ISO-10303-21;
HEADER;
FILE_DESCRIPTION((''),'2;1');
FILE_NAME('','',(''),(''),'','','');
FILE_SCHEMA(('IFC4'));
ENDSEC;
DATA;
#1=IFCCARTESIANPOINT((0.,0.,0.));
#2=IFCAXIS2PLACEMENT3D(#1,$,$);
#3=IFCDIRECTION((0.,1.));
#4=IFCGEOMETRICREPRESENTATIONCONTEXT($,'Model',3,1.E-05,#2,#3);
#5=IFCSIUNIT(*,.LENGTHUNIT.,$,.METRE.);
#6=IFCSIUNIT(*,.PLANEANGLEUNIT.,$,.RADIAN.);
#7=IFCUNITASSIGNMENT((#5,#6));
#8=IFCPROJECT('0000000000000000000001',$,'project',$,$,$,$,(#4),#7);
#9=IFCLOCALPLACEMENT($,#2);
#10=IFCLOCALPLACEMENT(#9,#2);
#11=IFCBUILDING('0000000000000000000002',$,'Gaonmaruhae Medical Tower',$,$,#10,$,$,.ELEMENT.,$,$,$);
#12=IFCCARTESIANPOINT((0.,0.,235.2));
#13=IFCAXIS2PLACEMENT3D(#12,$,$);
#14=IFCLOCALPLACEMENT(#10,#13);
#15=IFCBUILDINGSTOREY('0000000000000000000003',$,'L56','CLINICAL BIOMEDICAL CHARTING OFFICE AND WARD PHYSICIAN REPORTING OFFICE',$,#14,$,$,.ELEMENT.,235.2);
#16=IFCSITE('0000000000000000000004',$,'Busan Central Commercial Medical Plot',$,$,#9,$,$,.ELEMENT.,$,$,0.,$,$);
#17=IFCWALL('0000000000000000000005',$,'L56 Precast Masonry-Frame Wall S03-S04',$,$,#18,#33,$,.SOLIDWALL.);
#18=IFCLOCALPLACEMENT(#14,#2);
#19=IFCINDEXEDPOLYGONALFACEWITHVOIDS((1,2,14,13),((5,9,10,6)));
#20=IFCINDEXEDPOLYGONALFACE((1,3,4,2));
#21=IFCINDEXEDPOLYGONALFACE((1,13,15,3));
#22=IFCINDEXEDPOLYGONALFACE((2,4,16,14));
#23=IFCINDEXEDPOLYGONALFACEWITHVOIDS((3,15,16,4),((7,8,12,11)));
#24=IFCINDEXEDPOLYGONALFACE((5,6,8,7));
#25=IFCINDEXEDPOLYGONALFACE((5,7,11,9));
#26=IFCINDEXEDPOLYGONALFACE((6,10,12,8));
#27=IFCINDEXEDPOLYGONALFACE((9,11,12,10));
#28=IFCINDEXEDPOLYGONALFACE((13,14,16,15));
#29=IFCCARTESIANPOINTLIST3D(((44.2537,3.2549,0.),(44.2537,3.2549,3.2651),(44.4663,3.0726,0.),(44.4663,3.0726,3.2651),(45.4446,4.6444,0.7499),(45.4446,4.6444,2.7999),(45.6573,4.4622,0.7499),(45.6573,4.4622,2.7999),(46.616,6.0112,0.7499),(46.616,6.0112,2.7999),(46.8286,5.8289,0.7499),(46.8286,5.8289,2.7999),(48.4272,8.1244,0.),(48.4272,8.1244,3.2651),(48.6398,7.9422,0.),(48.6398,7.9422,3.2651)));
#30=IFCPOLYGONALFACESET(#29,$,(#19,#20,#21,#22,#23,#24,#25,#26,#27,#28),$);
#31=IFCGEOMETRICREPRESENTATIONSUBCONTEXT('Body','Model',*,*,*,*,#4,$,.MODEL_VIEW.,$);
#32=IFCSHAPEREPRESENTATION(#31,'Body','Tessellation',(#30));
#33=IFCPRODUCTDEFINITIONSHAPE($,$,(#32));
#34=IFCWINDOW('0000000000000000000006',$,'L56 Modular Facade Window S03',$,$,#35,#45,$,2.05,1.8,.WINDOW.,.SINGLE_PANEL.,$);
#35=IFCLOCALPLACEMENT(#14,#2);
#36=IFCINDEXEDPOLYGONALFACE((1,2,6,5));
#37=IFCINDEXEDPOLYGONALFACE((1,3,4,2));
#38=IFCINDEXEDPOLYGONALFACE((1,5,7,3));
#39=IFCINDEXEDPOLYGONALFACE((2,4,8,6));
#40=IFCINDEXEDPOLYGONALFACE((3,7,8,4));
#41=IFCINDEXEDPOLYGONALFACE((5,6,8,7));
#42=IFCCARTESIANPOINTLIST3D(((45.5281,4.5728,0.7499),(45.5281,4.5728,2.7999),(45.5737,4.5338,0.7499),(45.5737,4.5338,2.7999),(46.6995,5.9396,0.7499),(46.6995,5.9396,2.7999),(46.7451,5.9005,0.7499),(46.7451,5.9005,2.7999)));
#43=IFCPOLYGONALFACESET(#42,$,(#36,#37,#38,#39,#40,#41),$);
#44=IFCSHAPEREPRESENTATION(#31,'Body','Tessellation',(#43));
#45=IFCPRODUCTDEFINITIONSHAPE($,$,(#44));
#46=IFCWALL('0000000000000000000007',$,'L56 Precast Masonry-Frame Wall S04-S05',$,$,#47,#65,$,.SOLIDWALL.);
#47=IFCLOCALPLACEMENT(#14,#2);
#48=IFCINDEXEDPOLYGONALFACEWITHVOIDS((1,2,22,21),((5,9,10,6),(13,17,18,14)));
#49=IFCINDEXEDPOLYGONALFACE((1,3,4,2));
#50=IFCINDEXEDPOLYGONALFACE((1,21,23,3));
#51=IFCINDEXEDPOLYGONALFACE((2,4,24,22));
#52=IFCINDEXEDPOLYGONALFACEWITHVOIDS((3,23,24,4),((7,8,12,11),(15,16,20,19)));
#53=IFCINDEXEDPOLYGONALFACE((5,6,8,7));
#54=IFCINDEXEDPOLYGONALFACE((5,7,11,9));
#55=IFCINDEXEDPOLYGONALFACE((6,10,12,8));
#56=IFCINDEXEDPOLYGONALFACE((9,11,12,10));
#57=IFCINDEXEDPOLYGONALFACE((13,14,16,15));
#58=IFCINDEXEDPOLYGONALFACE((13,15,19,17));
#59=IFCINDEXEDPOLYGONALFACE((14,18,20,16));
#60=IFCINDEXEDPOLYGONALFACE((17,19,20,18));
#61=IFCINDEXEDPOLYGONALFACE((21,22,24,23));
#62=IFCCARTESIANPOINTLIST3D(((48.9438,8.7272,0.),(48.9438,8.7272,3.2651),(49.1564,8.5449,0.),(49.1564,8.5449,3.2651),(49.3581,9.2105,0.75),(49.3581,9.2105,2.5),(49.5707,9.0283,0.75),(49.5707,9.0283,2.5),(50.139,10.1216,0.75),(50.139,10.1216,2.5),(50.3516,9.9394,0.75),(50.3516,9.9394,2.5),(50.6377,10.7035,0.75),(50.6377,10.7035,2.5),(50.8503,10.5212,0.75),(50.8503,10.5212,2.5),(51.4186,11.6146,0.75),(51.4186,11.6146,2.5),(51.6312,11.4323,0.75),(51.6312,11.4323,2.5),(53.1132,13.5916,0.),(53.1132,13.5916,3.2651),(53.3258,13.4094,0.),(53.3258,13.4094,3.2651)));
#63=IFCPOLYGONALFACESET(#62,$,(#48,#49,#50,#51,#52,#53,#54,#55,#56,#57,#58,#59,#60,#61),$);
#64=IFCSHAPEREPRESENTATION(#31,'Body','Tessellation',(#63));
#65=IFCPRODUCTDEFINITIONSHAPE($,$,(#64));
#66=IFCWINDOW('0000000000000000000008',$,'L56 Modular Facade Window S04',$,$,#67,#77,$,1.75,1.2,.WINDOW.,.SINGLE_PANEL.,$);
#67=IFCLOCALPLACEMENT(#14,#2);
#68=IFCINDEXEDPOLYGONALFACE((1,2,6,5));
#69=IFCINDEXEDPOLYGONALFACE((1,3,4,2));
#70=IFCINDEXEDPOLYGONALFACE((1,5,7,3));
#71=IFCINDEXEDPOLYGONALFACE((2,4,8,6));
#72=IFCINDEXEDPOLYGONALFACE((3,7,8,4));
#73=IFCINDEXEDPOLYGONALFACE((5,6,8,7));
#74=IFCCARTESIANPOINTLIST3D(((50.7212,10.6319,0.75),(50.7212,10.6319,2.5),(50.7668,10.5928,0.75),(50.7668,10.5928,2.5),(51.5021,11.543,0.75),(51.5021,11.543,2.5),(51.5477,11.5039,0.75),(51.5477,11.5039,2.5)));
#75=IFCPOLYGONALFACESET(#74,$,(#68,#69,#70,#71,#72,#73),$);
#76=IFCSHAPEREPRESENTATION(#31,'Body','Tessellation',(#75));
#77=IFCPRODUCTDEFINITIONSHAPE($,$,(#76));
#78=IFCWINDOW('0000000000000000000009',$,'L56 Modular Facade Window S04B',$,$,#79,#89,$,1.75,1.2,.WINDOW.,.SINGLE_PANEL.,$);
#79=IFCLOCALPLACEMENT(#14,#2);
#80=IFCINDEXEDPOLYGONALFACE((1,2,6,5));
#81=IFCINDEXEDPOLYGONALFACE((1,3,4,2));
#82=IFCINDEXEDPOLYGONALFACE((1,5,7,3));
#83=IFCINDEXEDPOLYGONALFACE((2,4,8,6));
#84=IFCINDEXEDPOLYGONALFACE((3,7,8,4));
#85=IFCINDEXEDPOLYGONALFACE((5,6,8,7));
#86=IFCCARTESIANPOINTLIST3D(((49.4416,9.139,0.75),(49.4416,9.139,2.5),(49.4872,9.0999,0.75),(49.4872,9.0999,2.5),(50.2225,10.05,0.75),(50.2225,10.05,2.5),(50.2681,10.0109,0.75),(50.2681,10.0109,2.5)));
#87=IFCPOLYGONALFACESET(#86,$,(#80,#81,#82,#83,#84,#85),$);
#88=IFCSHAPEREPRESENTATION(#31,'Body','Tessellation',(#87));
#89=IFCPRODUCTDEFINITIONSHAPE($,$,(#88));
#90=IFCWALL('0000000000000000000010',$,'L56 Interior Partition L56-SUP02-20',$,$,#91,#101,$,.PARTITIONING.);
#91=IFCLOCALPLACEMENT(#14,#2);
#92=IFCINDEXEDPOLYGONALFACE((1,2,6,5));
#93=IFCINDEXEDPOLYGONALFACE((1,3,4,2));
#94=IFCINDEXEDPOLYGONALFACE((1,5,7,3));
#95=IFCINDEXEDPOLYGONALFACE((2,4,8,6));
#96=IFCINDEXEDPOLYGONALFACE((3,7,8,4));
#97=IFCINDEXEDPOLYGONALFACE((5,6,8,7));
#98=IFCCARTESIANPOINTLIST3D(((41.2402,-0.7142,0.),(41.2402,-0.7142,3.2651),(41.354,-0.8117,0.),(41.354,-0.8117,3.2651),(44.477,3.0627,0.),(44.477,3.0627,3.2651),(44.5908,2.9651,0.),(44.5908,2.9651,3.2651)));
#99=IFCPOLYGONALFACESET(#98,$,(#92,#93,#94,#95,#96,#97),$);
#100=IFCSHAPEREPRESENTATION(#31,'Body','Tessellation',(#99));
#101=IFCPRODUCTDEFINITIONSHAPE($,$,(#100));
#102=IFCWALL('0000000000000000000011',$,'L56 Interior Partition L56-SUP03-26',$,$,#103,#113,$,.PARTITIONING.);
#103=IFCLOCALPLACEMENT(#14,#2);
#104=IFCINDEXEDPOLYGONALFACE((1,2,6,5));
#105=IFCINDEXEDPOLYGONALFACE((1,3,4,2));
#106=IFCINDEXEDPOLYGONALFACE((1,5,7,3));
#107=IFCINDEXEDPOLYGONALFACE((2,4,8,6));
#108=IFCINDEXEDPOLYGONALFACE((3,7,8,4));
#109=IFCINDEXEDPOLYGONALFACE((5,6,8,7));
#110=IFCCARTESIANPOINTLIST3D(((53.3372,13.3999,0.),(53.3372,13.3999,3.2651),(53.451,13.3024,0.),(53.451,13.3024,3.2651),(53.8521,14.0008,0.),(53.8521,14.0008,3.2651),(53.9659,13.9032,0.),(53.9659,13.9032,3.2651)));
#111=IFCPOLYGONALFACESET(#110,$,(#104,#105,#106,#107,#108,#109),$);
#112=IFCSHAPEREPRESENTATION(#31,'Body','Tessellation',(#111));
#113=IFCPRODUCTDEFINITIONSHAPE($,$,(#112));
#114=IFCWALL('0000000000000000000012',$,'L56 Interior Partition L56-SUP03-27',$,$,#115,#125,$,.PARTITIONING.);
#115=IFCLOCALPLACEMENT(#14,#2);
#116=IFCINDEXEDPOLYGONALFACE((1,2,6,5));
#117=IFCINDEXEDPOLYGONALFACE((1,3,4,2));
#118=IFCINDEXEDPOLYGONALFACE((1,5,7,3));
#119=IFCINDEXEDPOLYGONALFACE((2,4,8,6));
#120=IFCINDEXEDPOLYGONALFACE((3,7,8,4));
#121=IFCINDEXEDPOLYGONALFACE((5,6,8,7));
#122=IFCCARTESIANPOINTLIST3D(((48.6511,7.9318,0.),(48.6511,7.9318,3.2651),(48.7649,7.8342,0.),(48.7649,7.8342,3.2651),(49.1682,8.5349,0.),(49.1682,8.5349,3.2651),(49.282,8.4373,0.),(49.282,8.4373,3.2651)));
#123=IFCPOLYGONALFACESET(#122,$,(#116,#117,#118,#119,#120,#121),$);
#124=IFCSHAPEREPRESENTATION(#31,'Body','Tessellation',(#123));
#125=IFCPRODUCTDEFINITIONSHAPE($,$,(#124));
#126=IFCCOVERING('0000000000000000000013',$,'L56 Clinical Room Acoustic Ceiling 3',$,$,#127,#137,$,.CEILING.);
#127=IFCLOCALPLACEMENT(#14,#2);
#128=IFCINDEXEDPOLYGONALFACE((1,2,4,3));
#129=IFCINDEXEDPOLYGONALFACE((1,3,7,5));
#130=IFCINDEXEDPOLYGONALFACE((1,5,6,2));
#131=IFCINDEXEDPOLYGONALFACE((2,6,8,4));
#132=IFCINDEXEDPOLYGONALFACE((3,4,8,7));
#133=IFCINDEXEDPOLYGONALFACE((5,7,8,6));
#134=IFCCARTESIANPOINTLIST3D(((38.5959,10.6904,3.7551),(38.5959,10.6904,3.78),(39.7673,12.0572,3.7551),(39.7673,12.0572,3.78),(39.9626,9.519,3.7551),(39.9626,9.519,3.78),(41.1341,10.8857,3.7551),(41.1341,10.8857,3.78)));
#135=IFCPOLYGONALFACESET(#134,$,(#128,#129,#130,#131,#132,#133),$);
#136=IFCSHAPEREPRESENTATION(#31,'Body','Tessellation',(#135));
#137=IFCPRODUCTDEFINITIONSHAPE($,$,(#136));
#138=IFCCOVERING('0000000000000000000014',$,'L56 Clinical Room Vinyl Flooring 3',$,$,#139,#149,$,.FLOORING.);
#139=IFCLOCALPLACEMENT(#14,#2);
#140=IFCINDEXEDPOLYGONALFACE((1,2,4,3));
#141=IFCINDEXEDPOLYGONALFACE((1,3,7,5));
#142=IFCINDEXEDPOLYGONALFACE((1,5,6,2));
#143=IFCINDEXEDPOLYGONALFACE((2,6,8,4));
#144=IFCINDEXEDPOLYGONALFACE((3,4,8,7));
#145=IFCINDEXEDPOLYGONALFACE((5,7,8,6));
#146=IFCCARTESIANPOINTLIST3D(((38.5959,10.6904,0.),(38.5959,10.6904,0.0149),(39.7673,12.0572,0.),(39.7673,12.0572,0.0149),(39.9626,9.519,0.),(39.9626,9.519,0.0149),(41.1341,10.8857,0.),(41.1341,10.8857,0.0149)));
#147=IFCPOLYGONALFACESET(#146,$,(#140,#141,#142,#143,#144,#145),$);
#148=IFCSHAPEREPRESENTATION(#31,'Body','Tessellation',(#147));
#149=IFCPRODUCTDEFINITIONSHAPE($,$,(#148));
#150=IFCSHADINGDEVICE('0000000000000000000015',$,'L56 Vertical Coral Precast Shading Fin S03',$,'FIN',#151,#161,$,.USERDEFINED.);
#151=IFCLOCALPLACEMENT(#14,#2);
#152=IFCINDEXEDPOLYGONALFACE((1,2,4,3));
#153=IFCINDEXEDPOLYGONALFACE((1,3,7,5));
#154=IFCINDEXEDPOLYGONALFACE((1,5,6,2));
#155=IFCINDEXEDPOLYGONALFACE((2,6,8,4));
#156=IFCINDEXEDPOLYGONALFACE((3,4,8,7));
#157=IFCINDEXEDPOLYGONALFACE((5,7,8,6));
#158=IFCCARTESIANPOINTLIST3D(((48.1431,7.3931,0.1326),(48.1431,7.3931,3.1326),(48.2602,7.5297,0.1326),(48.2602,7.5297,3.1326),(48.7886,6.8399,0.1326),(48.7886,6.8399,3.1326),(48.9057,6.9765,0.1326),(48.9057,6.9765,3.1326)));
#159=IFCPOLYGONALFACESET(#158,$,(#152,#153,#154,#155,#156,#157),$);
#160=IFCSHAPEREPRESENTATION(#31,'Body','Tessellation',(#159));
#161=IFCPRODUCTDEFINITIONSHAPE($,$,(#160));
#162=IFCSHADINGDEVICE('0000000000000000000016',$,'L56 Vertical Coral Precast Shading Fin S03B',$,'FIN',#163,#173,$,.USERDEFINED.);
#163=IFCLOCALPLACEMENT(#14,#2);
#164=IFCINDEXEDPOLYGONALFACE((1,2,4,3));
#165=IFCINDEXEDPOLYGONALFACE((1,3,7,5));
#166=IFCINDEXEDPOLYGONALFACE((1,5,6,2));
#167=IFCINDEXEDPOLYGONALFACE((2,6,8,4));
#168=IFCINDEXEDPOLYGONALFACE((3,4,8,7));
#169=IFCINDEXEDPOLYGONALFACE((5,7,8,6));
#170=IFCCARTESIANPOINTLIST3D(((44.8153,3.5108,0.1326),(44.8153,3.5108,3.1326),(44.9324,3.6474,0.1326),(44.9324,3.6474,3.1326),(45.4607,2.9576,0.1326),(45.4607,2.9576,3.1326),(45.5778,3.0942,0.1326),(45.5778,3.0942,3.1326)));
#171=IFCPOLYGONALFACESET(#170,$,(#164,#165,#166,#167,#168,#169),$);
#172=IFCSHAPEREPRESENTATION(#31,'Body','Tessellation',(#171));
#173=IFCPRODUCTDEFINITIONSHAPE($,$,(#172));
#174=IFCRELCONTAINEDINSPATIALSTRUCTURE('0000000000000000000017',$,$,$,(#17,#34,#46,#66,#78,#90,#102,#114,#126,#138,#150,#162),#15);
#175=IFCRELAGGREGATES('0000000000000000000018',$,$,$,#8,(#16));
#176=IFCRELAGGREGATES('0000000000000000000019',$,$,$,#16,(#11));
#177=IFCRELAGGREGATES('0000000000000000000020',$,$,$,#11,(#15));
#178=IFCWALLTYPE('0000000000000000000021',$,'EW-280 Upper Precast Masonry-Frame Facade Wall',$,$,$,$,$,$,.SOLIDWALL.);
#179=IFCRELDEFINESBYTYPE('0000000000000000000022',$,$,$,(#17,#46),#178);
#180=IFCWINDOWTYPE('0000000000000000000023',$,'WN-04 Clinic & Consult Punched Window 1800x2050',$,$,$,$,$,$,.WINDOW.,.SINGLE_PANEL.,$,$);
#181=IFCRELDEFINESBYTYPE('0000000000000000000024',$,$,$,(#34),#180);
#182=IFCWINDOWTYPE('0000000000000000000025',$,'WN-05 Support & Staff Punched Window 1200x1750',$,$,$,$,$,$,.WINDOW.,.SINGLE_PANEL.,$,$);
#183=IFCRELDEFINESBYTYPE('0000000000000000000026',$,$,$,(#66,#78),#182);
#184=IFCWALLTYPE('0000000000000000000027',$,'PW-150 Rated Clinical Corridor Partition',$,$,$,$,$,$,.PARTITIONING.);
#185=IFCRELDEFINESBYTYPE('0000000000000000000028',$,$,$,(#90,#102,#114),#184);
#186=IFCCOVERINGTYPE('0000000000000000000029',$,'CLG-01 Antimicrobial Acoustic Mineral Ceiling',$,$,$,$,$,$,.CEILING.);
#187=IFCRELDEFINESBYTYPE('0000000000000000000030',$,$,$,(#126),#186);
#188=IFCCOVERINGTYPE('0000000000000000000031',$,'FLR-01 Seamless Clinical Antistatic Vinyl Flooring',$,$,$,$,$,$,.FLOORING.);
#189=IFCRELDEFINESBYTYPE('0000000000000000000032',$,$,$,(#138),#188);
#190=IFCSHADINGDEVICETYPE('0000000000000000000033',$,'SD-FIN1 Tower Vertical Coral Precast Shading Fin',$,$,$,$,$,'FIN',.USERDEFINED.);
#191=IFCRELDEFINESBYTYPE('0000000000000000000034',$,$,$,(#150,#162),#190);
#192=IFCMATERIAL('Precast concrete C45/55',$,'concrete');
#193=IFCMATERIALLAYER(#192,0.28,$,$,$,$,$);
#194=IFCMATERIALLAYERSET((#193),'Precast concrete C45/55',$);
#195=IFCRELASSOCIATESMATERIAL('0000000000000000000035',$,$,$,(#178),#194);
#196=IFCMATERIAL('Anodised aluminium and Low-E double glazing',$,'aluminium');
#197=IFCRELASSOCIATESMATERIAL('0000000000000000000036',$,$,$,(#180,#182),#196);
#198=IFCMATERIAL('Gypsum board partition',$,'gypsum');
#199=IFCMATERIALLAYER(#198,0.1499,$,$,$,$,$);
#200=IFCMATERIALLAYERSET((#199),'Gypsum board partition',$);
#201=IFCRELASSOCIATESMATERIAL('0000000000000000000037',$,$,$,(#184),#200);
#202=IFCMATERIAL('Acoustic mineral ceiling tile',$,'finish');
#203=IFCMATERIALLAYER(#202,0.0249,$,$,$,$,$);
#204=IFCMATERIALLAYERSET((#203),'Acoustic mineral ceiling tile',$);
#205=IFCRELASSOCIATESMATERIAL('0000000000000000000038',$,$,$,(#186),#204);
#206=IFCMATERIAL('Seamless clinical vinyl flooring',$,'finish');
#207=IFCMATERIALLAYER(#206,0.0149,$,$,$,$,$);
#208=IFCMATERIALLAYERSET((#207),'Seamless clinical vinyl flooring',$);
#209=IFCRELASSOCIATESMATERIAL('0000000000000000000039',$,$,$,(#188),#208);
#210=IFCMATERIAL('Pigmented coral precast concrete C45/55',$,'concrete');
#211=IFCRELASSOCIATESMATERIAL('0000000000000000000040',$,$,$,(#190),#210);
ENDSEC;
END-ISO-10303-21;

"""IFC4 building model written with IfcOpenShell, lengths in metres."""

from ifc_helpers import new_model, si_unit, direction, frame, frame_2d, origin, origin_2d, place, context, subcontext, project, spatial, rectangle, extrude, material, layer, layer_set, type_object, element, fill, save


model = new_model("IFC4")

# Units and contexts
model_context = context("Model", 3, precision=1e-05, world=origin(), true_north=direction((0.0, 1.0)))
body_context = subcontext(model_context, "Body", "Model", "MODEL_VIEW")
ifc_project = project(units=[si_unit("LENGTHUNIT", "METRE"), si_unit("PLANEANGLEUNIT", "RADIAN")], contexts=[model_context])

# Site, building, storey
site_placement = place(None, origin())
site = spatial("IfcSite", under=ifc_project, at=site_placement, Name="Busan Central Commercial Medical Plot", CompositionType="ELEMENT", RefElevation=0.0)
building_placement = place(site_placement, origin())
building = spatial("IfcBuilding", under=site, at=building_placement, Name="Gaonmaruhae Medical Tower", CompositionType="ELEMENT")
storey_placement = place(building_placement, frame((0.0, 0.0, 235.2)))
storey = spatial("IfcBuildingStorey", under=building, at=storey_placement, Name="L56", Description="CLINICAL BIOMEDICAL CHARTING OFFICE AND WARD PHYSICIAN REPORTING OFFICE", CompositionType="ELEMENT", Elevation=235.2)

# Shared definitions
ifc_material_1 = material(Name="Anodised aluminium and Low-E double glazing", Category="aluminium")

# Wall, opening, window
ifc_material_2 = material(Name="Precast concrete C45/55", Category="concrete")
ifc_layer_1 = layer(ifc_material_2, 0.28)
ifc_layer_set_1 = layer_set([ifc_layer_1], Name="Precast concrete C45/55")
wall_type_1 = type_object("IfcWallType", Name="EW-280 Upper Precast Masonry-Frame Facade Wall", PredefinedType="SOLIDWALL", material=ifc_layer_set_1)
wall_1_placement = place(storey_placement, frame((48.5334, 8.0332, 0.0), z_axis=(0.0, 0.0, 1.0), x_axis=(-0.650757, -0.759286, 0.0)))
wall_1 = element("IfcWall", 1, at=wall_1_placement, inside=storey, type_object=wall_type_1, Name="L56 Precast Masonry-Frame Wall S03-S04", PredefinedType="SOLIDWALL", context=body_context, shape_type="SweptSolid", body=[
    extrude(rectangle(XDim=6.4133, YDim=0.28, at=frame_2d((3.2065, 0.0))), origin(), (0.0, 0.0, 1.0), 3.2651),
])
opening_1_placement = place(wall_1_placement, frame((2.7832, 0.0, 0.75)))
opening_1 = element("IfcOpeningElement", 2, at=opening_1_placement, cuts=wall_1, PredefinedType="OPENING", context=body_context, shape_type="SweptSolid", body=[
    extrude(rectangle(XDim=1.8, YDim=2.05, at=frame_2d((0.8999, 1.0249))), frame((0.0, 0.1499, 0.0), z_axis=(0.0, -1.0, 0.0), x_axis=(1.0, 0.0, 0.0)), (0.0, 0.0, 1.0), 0.3),
])
window_type_1 = type_object("IfcWindowType", Name="WN-04 Clinic & Consult Punched Window 1800x2050", PartitioningType="SINGLE_PANEL", PredefinedType="WINDOW", material=ifc_material_1)
window_1_placement = place(opening_1_placement, origin())
window_1 = element("IfcWindow", 3, at=window_1_placement, inside=storey, type_object=window_type_1, Name="L56 Modular Facade Window S03", OverallHeight=2.05, OverallWidth=1.8, PartitioningType="SINGLE_PANEL", PredefinedType="WINDOW", context=body_context, shape_type="SweptSolid", body=[
    extrude(rectangle(XDim=1.8, YDim=2.05, at=frame_2d((0.8999, 1.0249))), frame((0.0, 0.03, 0.0), z_axis=(0.0, -1.0, 0.0), x_axis=(1.0, 0.0, 0.0)), (0.0, 0.0, 1.0), 0.0601),
])
fill(opening_1, window_1)

# Wall, openings, windows
wall_2_placement = place(storey_placement, frame((53.2195, 13.5005, 0.0), z_axis=(0.0, 0.0, 1.0), x_axis=(-0.650779, -0.759267, 0.0)))
wall_2 = element("IfcWall", 4, at=wall_2_placement, inside=storey, type_object=wall_type_1, Name="L56 Precast Masonry-Frame Wall S04-S05", PredefinedType="SOLIDWALL", context=body_context, shape_type="SweptSolid", body=[
    extrude(rectangle(XDim=6.4067, YDim=0.28, at=frame_2d((3.2034, 0.0))), origin(), (0.0, 0.0, 1.0), 3.2651),
])
opening_2_placement = place(wall_2_placement, frame((2.6038, 0.0, 0.75)))
opening_2 = element("IfcOpeningElement", 5, at=opening_2_placement, cuts=wall_2, PredefinedType="OPENING", context=body_context, shape_type="SweptSolid", body=[
    extrude(rectangle(XDim=1.2, YDim=1.75, at=frame_2d((0.6001, 0.875))), frame((0.0, 0.1499, 0.0), z_axis=(0.0, -1.0, 0.0), x_axis=(1.0, 0.0, 0.0)), (0.0, 0.0, 1.0), 0.3),
])
opening_3_placement = place(wall_2_placement, frame((4.5701, 0.0, 0.75)))
opening_3 = element("IfcOpeningElement", 6, at=opening_3_placement, cuts=wall_2, PredefinedType="OPENING", context=body_context, shape_type="SweptSolid", body=[
    extrude(rectangle(XDim=1.2, YDim=1.75, at=frame_2d((0.6001, 0.875))), frame((0.0, 0.1499, 0.0), z_axis=(0.0, -1.0, 0.0), x_axis=(1.0, 0.0, 0.0)), (0.0, 0.0, 1.0), 0.3),
])
window_type_2 = type_object("IfcWindowType", Name="WN-05 Support & Staff Punched Window 1200x1750", PartitioningType="SINGLE_PANEL", PredefinedType="WINDOW", material=ifc_material_1)
window_2_placement = place(opening_2_placement, origin())
window_2 = element("IfcWindow", 7, at=window_2_placement, inside=storey, type_object=window_type_2, Name="L56 Modular Facade Window S04", OverallHeight=1.75, OverallWidth=1.2, PartitioningType="SINGLE_PANEL", PredefinedType="WINDOW", context=body_context, shape_type="SweptSolid", body=[
    extrude(rectangle(XDim=1.2, YDim=1.75, at=frame_2d((0.6001, 0.875))), frame((0.0, 0.03, 0.0), z_axis=(0.0, -1.0, 0.0), x_axis=(1.0, 0.0, 0.0)), (0.0, 0.0, 1.0), 0.0601),
])
fill(opening_2, window_2)
window_3_placement = place(opening_3_placement, origin())
window_3 = element("IfcWindow", 8, at=window_3_placement, inside=storey, type_object=window_type_2, Name="L56 Modular Facade Window S04B", OverallHeight=1.75, OverallWidth=1.2, PartitioningType="SINGLE_PANEL", PredefinedType="WINDOW", context=body_context, shape_type="SweptSolid", body=[
    extrude(rectangle(XDim=1.2, YDim=1.75, at=frame_2d((0.6001, 0.875))), frame((0.0, 0.03, 0.0), z_axis=(0.0, -1.0, 0.0), x_axis=(1.0, 0.0, 0.0)), (0.0, 0.0, 1.0), 0.0601),
])
fill(opening_3, window_3)

# Walls
ifc_material_3 = material(Name="Gypsum board partition", Category="gypsum")
ifc_layer_2 = layer(ifc_material_3, 0.1499)
ifc_layer_set_2 = layer_set([ifc_layer_2], Name="Gypsum board partition")
wall_type_2 = type_object("IfcWallType", Name="PW-150 Rated Clinical Corridor Partition", PredefinedType="PARTITIONING", material=ifc_layer_set_2)
wall_3_placement = place(storey_placement, frame((44.5339, 3.0139, 0.0), z_axis=(0.0, 0.0, 1.0), x_axis=(-0.650735, -0.759305, 0.0)))
element("IfcWall", 9, at=wall_3_placement, inside=storey, type_object=wall_type_2, Name="L56 Interior Partition L56-SUP02-20", PredefinedType="PARTITIONING", context=body_context, shape_type="SweptSolid", body=[
    extrude(rectangle(XDim=4.9741, YDim=0.1499, at=frame_2d((2.4871, 0.0))), origin(), (0.0, 0.0, 1.0), 3.2651),
])
wall_4_placement = place(storey_placement, frame((53.9089, 13.9519, 0.0), z_axis=(0.0, 0.0, 1.0), x_axis=(-0.650715, -0.759322, 0.0)))
element("IfcWall", 10, at=wall_4_placement, inside=storey, type_object=wall_type_2, Name="L56 Interior Partition L56-SUP03-26", PredefinedType="PARTITIONING", context=body_context, shape_type="SweptSolid", body=[
    extrude(rectangle(XDim=0.7913, YDim=0.1499, at=frame_2d((0.3955, 0.0))), origin(), (0.0, 0.0, 1.0), 3.2651),
])
wall_5_placement = place(storey_placement, frame((49.2251, 8.4861, 0.0), z_axis=(0.0, 0.0, 1.0), x_axis=(-0.650943, -0.759126, 0.0)))
element("IfcWall", 11, at=wall_5_placement, inside=storey, type_object=wall_type_2, Name="L56 Interior Partition L56-SUP03-27", PredefinedType="PARTITIONING", context=body_context, shape_type="SweptSolid", body=[
    extrude(rectangle(XDim=0.7944, YDim=0.1499, at=frame_2d((0.3972, 0.0))), origin(), (0.0, 0.0, 1.0), 3.2651),
])

# Coverings
ifc_material_4 = material(Name="Acoustic mineral ceiling tile", Category="finish")
ifc_layer_3 = layer(ifc_material_4, 0.0249)
ifc_layer_set_3 = layer_set([ifc_layer_3], Name="Acoustic mineral ceiling tile")
covering_type_1 = type_object("IfcCoveringType", Name="CLG-01 Antimicrobial Acoustic Mineral Ceiling", PredefinedType="CEILING", material=ifc_layer_set_3)
covering_1_placement = place(storey_placement, frame((39.865, 10.7881, 3.7551), z_axis=(0.0, 0.0, 1.0), x_axis=(0.650774, 0.759271, 0.0)))
element("IfcCovering", 12, at=covering_1_placement, inside=storey, type_object=covering_type_1, Name="L56 Clinical Room Acoustic Ceiling 3", PredefinedType="CEILING", context=body_context, shape_type="SweptSolid", body=[
    extrude(rectangle(XDim=1.8, YDim=1.8, at=origin_2d()), origin(), (0.0, 0.0, 1.0), 0.0249),
])
ifc_material_5 = material(Name="Seamless clinical vinyl flooring", Category="finish")
ifc_layer_4 = layer(ifc_material_5, 0.0149)
ifc_layer_set_4 = layer_set([ifc_layer_4], Name="Seamless clinical vinyl flooring")
covering_type_2 = type_object("IfcCoveringType", Name="FLR-01 Seamless Clinical Antistatic Vinyl Flooring", PredefinedType="FLOORING", material=ifc_layer_set_4)
covering_2_placement = place(storey_placement, frame((39.865, 10.7881, 0.0), z_axis=(0.0, 0.0, 1.0), x_axis=(0.650774, 0.759271, 0.0)))
element("IfcCovering", 13, at=covering_2_placement, inside=storey, type_object=covering_type_2, Name="L56 Clinical Room Vinyl Flooring 3", PredefinedType="FLOORING", context=body_context, shape_type="SweptSolid", body=[
    extrude(rectangle(XDim=1.8, YDim=1.8, at=origin_2d()), origin(), (0.0, 0.0, 1.0), 0.0149),
])

# Shading devices
ifc_material_6 = material(Name="Pigmented coral precast concrete C45/55", Category="concrete")
shading_device_type = type_object("IfcShadingDeviceType", Name="SD-FIN1 Tower Vertical Coral Precast Shading Fin", ElementType="FIN", PredefinedType="USERDEFINED", material=ifc_material_6)
for number, where, z_axis, x_axis, name in (
    (14, (48.5244, 7.1848, 0.1326), (0.0, 0.0, 1.0), (-0.650774, -0.759271, 0.0), "L56 Vertical Coral Precast Shading Fin S03"),
    (15, (45.1965, 3.3025, 0.1326), (0.0, 0.0, 1.0), (-0.650774, -0.759271, 0.0), "L56 Vertical Coral Precast Shading Fin S03B"),
):
    element("IfcShadingDevice", number, at=place(storey_placement, frame(where, z_axis=z_axis, x_axis=x_axis)), inside=storey, type_object=shading_device_type, Name=name, ObjectType="FIN", PredefinedType="USERDEFINED", context=body_context, shape_type="SweptSolid", body=[
        extrude(rectangle(XDim=0.1799, YDim=0.8501, at=origin_2d()), origin(), (0.0, 0.0, 1.0), 3.0),
    ])

save(model, "model.ifc")
